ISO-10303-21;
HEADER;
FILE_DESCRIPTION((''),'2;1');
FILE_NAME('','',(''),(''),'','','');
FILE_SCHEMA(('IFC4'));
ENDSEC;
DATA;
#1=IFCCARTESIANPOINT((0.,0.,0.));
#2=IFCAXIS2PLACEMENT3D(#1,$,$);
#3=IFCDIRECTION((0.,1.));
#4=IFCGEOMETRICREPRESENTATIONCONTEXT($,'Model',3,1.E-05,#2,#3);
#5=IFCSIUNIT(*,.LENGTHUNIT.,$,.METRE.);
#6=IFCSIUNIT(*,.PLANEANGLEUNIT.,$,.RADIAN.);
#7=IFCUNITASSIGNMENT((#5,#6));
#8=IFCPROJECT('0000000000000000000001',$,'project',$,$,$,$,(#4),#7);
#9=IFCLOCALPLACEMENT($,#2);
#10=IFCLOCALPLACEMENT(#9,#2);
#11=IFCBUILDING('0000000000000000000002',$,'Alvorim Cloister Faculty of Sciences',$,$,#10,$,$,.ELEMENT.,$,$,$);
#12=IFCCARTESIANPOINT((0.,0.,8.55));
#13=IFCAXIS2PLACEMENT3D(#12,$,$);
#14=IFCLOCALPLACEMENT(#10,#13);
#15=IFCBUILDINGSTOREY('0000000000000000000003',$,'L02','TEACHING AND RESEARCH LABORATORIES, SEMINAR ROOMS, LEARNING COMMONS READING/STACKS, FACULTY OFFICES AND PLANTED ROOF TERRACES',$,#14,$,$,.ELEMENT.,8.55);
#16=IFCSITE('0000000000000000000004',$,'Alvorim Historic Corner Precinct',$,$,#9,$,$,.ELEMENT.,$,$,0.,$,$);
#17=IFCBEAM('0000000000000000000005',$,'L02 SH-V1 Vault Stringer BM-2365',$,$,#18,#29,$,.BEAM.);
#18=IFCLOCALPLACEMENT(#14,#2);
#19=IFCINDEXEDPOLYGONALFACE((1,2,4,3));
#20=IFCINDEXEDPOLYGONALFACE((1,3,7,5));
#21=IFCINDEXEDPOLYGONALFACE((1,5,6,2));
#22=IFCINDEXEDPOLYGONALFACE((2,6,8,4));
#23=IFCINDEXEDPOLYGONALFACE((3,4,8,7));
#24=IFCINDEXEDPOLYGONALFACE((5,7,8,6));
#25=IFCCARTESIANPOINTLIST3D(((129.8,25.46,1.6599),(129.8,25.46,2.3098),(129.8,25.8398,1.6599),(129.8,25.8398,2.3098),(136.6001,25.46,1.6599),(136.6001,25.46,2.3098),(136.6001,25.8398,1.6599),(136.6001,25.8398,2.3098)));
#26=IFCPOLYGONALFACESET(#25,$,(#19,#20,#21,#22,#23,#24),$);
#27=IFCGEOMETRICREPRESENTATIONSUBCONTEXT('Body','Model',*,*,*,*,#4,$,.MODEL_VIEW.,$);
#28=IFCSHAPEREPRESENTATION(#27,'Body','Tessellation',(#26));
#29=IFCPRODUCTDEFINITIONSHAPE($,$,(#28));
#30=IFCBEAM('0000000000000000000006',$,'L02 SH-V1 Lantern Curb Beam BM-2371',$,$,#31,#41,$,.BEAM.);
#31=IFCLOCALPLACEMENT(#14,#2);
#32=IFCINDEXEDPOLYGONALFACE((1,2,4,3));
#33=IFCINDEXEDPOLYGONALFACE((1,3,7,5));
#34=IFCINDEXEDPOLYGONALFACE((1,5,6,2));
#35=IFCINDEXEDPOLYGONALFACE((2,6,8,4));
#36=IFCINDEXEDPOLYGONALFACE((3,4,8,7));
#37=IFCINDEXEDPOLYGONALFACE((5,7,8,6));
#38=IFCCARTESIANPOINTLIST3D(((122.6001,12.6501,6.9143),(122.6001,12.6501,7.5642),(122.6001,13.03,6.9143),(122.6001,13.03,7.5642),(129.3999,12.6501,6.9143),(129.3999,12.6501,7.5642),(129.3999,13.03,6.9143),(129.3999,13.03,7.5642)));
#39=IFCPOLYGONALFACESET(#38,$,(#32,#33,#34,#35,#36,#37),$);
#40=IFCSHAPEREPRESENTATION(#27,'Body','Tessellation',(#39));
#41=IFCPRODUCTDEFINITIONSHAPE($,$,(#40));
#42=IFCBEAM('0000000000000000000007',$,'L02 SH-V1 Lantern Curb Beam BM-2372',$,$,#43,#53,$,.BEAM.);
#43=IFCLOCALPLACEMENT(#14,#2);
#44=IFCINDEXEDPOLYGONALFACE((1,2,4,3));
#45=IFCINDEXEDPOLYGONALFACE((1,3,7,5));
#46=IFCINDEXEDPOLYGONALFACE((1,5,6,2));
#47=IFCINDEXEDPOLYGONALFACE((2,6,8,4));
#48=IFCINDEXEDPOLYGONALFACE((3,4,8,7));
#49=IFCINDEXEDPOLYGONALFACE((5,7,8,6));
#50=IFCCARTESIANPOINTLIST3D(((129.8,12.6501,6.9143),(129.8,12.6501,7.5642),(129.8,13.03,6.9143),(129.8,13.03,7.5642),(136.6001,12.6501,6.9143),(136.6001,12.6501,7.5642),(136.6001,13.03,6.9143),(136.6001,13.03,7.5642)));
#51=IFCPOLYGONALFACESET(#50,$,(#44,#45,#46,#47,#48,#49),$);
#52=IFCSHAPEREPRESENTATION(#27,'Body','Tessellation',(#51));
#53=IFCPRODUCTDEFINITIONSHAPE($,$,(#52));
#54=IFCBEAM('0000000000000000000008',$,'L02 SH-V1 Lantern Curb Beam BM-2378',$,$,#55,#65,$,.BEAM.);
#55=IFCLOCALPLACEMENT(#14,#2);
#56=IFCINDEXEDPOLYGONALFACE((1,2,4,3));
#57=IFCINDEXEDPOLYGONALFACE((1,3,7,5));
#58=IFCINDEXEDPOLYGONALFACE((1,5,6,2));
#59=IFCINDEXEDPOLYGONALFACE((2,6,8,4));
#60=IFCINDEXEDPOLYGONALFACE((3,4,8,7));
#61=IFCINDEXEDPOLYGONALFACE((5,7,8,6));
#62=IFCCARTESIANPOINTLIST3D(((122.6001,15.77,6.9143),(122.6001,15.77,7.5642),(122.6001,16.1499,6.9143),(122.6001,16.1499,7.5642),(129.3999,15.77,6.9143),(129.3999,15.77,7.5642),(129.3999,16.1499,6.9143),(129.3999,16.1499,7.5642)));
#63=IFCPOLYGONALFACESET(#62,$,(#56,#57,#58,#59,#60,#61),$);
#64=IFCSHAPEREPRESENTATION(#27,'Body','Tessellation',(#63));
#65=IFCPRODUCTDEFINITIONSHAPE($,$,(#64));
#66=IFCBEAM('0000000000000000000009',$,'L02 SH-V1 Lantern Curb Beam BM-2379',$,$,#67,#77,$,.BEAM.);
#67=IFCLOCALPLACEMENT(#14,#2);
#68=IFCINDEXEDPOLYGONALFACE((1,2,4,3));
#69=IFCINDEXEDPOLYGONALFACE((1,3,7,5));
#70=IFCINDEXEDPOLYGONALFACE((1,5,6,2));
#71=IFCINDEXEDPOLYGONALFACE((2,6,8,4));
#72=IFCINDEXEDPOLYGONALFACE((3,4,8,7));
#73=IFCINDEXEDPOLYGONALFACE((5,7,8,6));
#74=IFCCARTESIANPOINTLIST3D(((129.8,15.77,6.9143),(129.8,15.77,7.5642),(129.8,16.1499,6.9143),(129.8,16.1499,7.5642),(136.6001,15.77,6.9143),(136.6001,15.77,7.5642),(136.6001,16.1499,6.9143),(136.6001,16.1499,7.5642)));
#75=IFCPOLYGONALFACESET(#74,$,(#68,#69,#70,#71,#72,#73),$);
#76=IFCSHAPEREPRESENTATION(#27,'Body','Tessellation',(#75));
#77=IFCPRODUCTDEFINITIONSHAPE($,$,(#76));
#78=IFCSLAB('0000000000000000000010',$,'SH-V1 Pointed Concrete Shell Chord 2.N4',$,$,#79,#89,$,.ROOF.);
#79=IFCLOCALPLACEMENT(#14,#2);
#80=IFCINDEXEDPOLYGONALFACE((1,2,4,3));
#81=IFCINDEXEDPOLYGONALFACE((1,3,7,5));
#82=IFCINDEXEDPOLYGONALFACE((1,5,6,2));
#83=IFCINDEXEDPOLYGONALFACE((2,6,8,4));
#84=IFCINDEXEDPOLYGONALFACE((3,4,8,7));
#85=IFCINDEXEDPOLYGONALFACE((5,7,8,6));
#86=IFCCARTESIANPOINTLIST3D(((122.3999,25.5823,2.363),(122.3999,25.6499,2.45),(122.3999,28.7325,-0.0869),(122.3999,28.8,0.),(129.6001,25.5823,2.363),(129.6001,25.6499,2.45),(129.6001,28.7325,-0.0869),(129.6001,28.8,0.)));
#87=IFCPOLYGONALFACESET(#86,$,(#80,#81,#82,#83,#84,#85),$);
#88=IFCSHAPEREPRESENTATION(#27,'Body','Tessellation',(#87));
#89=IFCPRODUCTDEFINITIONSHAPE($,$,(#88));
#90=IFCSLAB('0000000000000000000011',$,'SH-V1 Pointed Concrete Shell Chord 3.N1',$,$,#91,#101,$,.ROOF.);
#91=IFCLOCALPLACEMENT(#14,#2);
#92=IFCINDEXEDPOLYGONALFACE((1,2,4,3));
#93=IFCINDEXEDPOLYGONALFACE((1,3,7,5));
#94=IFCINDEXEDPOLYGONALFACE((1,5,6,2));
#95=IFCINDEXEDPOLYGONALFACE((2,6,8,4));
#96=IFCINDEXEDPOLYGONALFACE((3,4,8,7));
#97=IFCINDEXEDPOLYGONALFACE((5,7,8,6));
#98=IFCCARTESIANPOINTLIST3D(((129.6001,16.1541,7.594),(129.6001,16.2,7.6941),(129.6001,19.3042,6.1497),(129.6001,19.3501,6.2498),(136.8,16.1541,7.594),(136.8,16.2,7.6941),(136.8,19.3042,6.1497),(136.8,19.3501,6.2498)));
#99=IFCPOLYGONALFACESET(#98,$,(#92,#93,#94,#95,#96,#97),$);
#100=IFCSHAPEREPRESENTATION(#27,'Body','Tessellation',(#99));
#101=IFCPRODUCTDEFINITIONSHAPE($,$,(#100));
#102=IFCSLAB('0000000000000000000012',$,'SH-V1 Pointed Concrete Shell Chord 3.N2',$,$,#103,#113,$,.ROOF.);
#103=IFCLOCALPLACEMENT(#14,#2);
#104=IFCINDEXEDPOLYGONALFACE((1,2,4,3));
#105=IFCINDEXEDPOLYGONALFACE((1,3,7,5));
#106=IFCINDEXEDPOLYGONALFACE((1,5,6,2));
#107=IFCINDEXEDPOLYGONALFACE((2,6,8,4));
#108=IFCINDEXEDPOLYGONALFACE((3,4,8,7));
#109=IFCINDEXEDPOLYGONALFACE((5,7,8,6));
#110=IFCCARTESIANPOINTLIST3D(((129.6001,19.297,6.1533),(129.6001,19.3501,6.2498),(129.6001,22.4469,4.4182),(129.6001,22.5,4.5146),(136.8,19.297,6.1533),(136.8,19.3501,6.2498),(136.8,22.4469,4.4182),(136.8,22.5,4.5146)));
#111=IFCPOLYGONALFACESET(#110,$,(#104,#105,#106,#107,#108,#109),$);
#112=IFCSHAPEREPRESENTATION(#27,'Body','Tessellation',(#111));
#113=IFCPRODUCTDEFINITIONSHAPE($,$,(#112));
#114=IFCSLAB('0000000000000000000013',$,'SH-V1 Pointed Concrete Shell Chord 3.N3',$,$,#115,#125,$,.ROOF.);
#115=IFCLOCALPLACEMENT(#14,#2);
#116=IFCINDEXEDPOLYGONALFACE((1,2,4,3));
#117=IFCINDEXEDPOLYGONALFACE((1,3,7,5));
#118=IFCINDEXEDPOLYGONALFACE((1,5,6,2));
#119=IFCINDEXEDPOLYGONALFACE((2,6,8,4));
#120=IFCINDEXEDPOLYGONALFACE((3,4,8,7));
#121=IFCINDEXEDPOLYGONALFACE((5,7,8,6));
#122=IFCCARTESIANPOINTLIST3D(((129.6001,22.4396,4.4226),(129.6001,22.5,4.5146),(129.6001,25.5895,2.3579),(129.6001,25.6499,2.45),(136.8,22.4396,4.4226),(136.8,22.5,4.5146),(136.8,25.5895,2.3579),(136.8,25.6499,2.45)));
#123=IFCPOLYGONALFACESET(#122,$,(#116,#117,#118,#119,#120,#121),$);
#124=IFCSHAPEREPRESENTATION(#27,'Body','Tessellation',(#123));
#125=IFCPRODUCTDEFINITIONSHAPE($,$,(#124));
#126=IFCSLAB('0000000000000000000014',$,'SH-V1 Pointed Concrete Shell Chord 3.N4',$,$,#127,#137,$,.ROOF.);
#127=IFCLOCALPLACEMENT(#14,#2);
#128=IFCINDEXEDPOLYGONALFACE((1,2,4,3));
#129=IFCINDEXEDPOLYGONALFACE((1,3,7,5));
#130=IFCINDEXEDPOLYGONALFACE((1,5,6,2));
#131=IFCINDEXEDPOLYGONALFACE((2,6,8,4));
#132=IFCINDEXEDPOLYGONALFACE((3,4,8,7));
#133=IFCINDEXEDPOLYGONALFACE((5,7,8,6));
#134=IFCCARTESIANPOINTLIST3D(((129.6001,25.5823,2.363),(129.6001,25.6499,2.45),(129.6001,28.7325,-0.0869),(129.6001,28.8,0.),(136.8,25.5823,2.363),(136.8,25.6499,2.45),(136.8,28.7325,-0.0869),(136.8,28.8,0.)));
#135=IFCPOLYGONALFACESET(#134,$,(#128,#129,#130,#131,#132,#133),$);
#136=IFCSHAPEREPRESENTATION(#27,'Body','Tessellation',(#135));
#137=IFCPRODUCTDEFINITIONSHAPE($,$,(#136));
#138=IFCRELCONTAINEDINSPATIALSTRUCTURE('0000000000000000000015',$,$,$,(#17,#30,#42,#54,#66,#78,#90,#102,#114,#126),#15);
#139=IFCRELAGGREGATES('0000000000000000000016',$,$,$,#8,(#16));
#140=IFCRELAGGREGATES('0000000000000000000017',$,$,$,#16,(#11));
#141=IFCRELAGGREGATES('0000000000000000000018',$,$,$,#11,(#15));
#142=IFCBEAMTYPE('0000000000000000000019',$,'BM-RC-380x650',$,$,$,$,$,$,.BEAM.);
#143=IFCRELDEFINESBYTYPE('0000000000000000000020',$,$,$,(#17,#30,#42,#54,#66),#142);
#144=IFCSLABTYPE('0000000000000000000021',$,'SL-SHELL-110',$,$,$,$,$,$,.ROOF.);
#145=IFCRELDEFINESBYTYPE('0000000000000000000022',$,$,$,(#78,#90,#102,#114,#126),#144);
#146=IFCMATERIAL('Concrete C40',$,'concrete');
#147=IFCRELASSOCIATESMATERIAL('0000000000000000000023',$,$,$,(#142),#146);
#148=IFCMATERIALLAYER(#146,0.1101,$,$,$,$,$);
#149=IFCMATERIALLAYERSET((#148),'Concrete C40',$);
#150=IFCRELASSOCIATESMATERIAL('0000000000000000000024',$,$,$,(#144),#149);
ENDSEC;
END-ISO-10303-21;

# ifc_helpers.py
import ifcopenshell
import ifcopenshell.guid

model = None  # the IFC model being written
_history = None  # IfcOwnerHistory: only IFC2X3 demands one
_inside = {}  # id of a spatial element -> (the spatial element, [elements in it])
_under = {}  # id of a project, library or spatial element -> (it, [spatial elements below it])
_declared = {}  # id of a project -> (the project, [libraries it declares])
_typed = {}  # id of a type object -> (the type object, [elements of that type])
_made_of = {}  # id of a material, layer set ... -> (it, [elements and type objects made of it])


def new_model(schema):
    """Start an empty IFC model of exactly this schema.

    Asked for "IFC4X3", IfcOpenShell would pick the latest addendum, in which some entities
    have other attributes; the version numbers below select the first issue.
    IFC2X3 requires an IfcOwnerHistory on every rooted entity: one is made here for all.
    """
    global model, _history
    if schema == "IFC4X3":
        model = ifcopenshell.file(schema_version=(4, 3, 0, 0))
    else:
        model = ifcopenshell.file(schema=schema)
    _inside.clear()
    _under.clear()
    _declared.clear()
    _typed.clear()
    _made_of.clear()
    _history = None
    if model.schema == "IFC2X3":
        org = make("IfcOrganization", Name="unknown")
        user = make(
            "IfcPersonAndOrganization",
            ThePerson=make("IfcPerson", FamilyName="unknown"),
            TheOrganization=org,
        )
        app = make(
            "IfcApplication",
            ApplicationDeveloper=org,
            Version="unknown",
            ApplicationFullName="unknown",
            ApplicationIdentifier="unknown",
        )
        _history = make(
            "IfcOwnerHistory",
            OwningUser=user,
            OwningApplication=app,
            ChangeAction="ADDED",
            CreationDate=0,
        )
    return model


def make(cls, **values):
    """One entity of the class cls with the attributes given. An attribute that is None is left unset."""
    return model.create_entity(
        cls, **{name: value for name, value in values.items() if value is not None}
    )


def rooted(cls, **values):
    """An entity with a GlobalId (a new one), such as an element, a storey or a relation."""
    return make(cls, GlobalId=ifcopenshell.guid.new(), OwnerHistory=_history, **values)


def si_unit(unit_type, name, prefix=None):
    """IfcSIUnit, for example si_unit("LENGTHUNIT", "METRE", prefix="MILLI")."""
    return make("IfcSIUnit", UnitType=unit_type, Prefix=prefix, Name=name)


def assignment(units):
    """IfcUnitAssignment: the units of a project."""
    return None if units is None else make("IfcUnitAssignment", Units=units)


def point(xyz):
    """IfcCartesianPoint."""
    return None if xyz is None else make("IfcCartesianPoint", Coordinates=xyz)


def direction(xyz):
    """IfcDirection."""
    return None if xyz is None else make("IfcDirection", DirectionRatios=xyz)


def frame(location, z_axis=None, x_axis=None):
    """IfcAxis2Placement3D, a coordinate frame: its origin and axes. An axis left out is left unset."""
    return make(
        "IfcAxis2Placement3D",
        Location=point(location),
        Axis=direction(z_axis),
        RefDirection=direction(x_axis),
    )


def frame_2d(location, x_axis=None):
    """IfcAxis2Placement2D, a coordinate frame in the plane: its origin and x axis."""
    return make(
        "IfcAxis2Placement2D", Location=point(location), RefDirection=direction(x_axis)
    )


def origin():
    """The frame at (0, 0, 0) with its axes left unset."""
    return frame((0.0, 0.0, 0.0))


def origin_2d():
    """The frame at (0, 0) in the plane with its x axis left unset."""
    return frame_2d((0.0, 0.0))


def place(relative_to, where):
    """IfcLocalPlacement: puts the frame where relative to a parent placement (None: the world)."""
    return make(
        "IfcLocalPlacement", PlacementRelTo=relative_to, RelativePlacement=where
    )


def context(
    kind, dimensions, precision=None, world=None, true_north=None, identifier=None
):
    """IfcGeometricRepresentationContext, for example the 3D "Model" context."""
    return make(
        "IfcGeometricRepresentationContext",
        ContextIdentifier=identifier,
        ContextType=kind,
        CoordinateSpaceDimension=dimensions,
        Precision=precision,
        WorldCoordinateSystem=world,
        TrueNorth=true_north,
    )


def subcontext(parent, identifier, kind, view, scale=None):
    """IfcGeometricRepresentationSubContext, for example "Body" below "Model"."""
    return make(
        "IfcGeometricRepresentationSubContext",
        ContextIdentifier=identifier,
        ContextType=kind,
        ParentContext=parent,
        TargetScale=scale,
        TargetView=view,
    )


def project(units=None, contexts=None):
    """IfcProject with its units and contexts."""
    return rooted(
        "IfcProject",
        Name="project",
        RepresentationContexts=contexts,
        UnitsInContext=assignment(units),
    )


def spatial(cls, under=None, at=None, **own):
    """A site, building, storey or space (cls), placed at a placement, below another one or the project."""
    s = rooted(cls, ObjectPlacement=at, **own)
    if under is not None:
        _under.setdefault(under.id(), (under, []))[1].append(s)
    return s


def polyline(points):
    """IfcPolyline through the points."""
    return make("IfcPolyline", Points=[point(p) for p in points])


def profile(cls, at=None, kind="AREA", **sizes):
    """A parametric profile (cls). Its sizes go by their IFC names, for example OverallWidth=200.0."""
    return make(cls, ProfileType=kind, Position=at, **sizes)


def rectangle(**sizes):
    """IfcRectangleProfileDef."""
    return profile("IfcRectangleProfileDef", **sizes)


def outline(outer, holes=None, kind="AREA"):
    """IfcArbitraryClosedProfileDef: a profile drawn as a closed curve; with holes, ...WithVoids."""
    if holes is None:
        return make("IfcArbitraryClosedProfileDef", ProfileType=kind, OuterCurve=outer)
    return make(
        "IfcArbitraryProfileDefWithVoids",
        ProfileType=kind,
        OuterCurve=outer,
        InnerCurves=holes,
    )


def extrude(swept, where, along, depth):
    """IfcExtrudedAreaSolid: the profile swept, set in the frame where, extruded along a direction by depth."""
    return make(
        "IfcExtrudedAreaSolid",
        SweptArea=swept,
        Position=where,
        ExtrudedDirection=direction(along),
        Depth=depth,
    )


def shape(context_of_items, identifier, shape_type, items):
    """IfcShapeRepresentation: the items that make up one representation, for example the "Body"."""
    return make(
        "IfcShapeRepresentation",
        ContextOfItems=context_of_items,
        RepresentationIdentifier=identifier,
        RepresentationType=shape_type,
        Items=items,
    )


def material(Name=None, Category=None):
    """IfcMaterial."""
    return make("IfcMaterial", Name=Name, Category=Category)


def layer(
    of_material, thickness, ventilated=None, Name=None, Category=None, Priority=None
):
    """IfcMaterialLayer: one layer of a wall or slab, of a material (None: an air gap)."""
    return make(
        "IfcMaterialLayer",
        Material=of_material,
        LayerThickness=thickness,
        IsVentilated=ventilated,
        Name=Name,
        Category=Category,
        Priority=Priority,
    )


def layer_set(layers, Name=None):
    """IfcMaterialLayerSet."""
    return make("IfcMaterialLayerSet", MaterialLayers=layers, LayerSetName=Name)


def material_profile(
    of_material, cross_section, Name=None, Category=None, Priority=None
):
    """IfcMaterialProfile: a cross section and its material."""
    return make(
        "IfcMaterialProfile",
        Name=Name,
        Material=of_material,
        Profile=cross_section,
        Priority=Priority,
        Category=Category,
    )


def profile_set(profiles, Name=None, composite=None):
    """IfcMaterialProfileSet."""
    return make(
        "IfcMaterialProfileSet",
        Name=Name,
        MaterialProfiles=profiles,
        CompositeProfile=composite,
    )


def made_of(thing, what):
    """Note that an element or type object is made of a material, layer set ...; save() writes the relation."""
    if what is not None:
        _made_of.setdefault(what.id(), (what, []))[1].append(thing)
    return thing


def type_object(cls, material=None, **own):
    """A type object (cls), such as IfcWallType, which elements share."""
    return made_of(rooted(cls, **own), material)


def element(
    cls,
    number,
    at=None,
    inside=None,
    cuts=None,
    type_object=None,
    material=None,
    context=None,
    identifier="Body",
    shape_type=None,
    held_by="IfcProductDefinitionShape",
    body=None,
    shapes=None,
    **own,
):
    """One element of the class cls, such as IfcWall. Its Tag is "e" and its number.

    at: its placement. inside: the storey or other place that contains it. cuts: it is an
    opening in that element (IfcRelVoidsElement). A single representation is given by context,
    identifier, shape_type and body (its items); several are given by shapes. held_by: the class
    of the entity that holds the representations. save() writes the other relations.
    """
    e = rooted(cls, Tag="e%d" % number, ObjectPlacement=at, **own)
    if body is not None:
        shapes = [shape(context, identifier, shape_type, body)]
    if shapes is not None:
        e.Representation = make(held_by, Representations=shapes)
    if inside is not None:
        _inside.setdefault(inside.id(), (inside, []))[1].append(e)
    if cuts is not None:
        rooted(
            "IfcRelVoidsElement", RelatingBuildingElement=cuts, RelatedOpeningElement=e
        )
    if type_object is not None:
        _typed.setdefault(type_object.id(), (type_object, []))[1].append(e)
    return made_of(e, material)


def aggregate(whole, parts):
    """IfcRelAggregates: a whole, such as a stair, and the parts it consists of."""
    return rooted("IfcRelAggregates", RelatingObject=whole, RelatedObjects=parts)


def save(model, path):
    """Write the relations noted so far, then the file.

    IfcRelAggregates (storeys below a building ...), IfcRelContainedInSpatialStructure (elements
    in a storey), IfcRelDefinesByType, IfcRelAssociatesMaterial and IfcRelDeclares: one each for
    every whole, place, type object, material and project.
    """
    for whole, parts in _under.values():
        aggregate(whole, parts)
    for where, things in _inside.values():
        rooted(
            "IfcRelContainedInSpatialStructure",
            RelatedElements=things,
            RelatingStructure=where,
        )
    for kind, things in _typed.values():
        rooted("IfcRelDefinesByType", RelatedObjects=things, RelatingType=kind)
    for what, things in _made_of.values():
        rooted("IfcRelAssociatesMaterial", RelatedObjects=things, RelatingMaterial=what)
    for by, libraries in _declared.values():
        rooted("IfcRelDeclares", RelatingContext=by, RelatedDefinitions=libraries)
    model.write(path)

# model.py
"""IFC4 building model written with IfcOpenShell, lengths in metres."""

from ifc_helpers import new_model, si_unit, direction, frame, origin, origin_2d, place, context, subcontext, project, spatial, polyline, rectangle, outline, extrude, material, layer, layer_set, material_profile, profile_set, type_object, element, save


model = new_model("IFC4")

# Units and contexts
model_context = context("Model", 3, precision=1e-05, world=origin(), true_north=direction((0.0, 1.0)))
body_context = subcontext(model_context, "Body", "Model", "MODEL_VIEW")
ifc_project = project(units=[si_unit("LENGTHUNIT", "METRE"), si_unit("PLANEANGLEUNIT", "RADIAN")], contexts=[model_context])

# Site, building, storey
site_placement = place(None, origin())
site = spatial("IfcSite", under=ifc_project, at=site_placement, Name="Alvorim Historic Corner Precinct", CompositionType="ELEMENT", RefElevation=0.0)
building_placement = place(site_placement, origin())
building = spatial("IfcBuilding", under=site, at=building_placement, Name="Alvorim Cloister Faculty of Sciences", CompositionType="ELEMENT")
storey_placement = place(building_placement, frame((0.0, 0.0, 8.55)))
storey = spatial("IfcBuildingStorey", under=building, at=storey_placement, Name="L02", Description="TEACHING AND RESEARCH LABORATORIES, SEMINAR ROOMS, LEARNING COMMONS READING/STACKS, FACULTY OFFICES AND PLANTED ROOF TERRACES", CompositionType="ELEMENT", Elevation=8.55)

# Beams
ifc_material = material(Name="Concrete C40", Category="concrete")
ifc_material_profile_1 = material_profile(ifc_material, rectangle(XDim=0.3799, YDim=0.6499, at=origin_2d()), Name="RC40-BM-380x650")
ifc_profile_set_1 = profile_set([ifc_material_profile_1], Name="Concrete C40")
beam_type_1 = type_object("IfcBeamType", Name="BM-RC-380x650", PredefinedType="BEAM", material=ifc_profile_set_1)
beam_1_placement = place(storey_placement, frame((129.8, 25.6499, 1.9849), z_axis=(1.0, 0.0, 0.0), x_axis=(0.0, 1.0, 0.0)))
element("IfcBeam", 1, at=beam_1_placement, inside=storey, type_object=beam_type_1, Name="L02 SH-V1 Vault Stringer BM-2365", PredefinedType="BEAM", context=body_context, shape_type="SweptSolid", body=[
    extrude(rectangle(XDim=0.3799, YDim=0.6499, at=origin_2d()), origin(), (0.0, 0.0, 1.0), 6.8),
])
beam_2_placement = place(storey_placement, frame((122.6001, 12.8401, 7.2393), z_axis=(1.0, 0.0, 0.0), x_axis=(0.0, 1.0, 0.0)))
element("IfcBeam", 2, at=beam_2_placement, inside=storey, type_object=beam_type_1, Name="L02 SH-V1 Lantern Curb Beam BM-2371", PredefinedType="BEAM", context=body_context, shape_type="SweptSolid", body=[
    extrude(rectangle(XDim=0.3799, YDim=0.6499, at=origin_2d()), origin(), (0.0, 0.0, 1.0), 6.7998),
])
beam_3_placement = place(storey_placement, frame((129.8, 12.8401, 7.2393), z_axis=(1.0, 0.0, 0.0), x_axis=(0.0, 1.0, 0.0)))
element("IfcBeam", 3, at=beam_3_placement, inside=storey, type_object=beam_type_1, Name="L02 SH-V1 Lantern Curb Beam BM-2372", PredefinedType="BEAM", context=body_context, shape_type="SweptSolid", body=[
    extrude(rectangle(XDim=0.3799, YDim=0.6499, at=origin_2d()), origin(), (0.0, 0.0, 1.0), 6.8),
])
beam_4_placement = place(storey_placement, frame((122.6001, 15.96, 7.2393), z_axis=(1.0, 0.0, 0.0), x_axis=(0.0, 1.0, 0.0)))
element("IfcBeam", 4, at=beam_4_placement, inside=storey, type_object=beam_type_1, Name="L02 SH-V1 Lantern Curb Beam BM-2378", PredefinedType="BEAM", context=body_context, shape_type="SweptSolid", body=[
    extrude(rectangle(XDim=0.3799, YDim=0.6499, at=origin_2d()), origin(), (0.0, 0.0, 1.0), 6.7998),
])
beam_5_placement = place(storey_placement, frame((129.8, 15.96, 7.2393), z_axis=(1.0, 0.0, 0.0), x_axis=(0.0, 1.0, 0.0)))
element("IfcBeam", 5, at=beam_5_placement, inside=storey, type_object=beam_type_1, Name="L02 SH-V1 Lantern Curb Beam BM-2379", PredefinedType="BEAM", context=body_context, shape_type="SweptSolid", body=[
    extrude(rectangle(XDim=0.3799, YDim=0.6499, at=origin_2d()), origin(), (0.0, 0.0, 1.0), 6.8),
])

# Slabs
ifc_layer = layer(ifc_material, 0.1101)
ifc_layer_set = layer_set([ifc_layer], Name="Concrete C40")
slab_type = type_object("IfcSlabType", Name="SL-SHELL-110", PredefinedType="ROOF", material=ifc_layer_set)
slab_1_placement = place(storey_placement, frame((122.3999, 25.6499, 2.45), z_axis=(0.0, 0.613915, 0.789372), x_axis=(1.0, 0.0, 0.0)))
element("IfcSlab", 6, at=slab_1_placement, inside=storey, type_object=slab_type, Name="SH-V1 Pointed Concrete Shell Chord 2.N4", PredefinedType="ROOF", context=body_context, shape_type="SweptSolid", body=[
    extrude(outline(polyline([(0.0, 0.0), (7.2002, 0.0), (7.2002, 3.9907), (0.0, 3.9907), (0.0, 0.0)])), origin(), (0.0, 0.0, -1.0), 0.1101),
])
slab_2_placement = place(storey_placement, frame((129.6001, 16.2, 7.6941), z_axis=(0.0, 0.416778, 0.909008), x_axis=(1.0, 0.0, 0.0)))
element("IfcSlab", 7, at=slab_2_placement, inside=storey, type_object=slab_type, Name="SH-V1 Pointed Concrete Shell Chord 3.N1", PredefinedType="ROOF", context=body_context, shape_type="SweptSolid", body=[
    extrude(outline(polyline([(0.0, 0.0), (7.2, 0.0), (7.2, 3.4655), (0.0, 3.4655), (0.0, 0.0)])), origin(), (0.0, 0.0, -1.0), 0.1101),
])
slab_3_placement = place(storey_placement, frame((129.6001, 19.3501, 6.2498), z_axis=(0.0, 0.482487, 0.875903), x_axis=(1.0, 0.0, 0.0)))
element("IfcSlab", 8, at=slab_3_placement, inside=storey, type_object=slab_type, Name="SH-V1 Pointed Concrete Shell Chord 3.N2", PredefinedType="ROOF", context=body_context, shape_type="SweptSolid", body=[
    extrude(outline(polyline([(0.0, 0.0), (7.2, 0.0), (7.2, 3.5962), (0.0, 3.5962), (0.0, 0.0)])), origin(), (0.0, 0.0, -1.0), 0.1101),
])
slab_4_placement = place(storey_placement, frame((129.6001, 22.5, 4.5146), z_axis=(0.0, 0.548206, 0.836343), x_axis=(1.0, 0.0, 0.0)))
element("IfcSlab", 9, at=slab_4_placement, inside=storey, type_object=slab_type, Name="SH-V1 Pointed Concrete Shell Chord 3.N3", PredefinedType="ROOF", context=body_context, shape_type="SweptSolid", body=[
    extrude(outline(polyline([(0.0, 0.0), (7.2, 0.0), (7.2, 3.7663), (0.0, 3.7663), (0.0, 0.0)])), origin(), (0.0, 0.0, -1.0), 0.1101),
])
slab_5_placement = place(storey_placement, frame((129.6001, 25.6499, 2.45), z_axis=(0.0, 0.613915, 0.789372), x_axis=(1.0, 0.0, 0.0)))
element("IfcSlab", 10, at=slab_5_placement, inside=storey, type_object=slab_type, Name="SH-V1 Pointed Concrete Shell Chord 3.N4", PredefinedType="ROOF", context=body_context, shape_type="SweptSolid", body=[
    extrude(outline(polyline([(0.0, 0.0), (7.2, 0.0), (7.2, 3.9907), (0.0, 3.9907), (0.0, 0.0)])), origin(), (0.0, 0.0, -1.0), 0.1101),
])

save(model, "model.ifc")
